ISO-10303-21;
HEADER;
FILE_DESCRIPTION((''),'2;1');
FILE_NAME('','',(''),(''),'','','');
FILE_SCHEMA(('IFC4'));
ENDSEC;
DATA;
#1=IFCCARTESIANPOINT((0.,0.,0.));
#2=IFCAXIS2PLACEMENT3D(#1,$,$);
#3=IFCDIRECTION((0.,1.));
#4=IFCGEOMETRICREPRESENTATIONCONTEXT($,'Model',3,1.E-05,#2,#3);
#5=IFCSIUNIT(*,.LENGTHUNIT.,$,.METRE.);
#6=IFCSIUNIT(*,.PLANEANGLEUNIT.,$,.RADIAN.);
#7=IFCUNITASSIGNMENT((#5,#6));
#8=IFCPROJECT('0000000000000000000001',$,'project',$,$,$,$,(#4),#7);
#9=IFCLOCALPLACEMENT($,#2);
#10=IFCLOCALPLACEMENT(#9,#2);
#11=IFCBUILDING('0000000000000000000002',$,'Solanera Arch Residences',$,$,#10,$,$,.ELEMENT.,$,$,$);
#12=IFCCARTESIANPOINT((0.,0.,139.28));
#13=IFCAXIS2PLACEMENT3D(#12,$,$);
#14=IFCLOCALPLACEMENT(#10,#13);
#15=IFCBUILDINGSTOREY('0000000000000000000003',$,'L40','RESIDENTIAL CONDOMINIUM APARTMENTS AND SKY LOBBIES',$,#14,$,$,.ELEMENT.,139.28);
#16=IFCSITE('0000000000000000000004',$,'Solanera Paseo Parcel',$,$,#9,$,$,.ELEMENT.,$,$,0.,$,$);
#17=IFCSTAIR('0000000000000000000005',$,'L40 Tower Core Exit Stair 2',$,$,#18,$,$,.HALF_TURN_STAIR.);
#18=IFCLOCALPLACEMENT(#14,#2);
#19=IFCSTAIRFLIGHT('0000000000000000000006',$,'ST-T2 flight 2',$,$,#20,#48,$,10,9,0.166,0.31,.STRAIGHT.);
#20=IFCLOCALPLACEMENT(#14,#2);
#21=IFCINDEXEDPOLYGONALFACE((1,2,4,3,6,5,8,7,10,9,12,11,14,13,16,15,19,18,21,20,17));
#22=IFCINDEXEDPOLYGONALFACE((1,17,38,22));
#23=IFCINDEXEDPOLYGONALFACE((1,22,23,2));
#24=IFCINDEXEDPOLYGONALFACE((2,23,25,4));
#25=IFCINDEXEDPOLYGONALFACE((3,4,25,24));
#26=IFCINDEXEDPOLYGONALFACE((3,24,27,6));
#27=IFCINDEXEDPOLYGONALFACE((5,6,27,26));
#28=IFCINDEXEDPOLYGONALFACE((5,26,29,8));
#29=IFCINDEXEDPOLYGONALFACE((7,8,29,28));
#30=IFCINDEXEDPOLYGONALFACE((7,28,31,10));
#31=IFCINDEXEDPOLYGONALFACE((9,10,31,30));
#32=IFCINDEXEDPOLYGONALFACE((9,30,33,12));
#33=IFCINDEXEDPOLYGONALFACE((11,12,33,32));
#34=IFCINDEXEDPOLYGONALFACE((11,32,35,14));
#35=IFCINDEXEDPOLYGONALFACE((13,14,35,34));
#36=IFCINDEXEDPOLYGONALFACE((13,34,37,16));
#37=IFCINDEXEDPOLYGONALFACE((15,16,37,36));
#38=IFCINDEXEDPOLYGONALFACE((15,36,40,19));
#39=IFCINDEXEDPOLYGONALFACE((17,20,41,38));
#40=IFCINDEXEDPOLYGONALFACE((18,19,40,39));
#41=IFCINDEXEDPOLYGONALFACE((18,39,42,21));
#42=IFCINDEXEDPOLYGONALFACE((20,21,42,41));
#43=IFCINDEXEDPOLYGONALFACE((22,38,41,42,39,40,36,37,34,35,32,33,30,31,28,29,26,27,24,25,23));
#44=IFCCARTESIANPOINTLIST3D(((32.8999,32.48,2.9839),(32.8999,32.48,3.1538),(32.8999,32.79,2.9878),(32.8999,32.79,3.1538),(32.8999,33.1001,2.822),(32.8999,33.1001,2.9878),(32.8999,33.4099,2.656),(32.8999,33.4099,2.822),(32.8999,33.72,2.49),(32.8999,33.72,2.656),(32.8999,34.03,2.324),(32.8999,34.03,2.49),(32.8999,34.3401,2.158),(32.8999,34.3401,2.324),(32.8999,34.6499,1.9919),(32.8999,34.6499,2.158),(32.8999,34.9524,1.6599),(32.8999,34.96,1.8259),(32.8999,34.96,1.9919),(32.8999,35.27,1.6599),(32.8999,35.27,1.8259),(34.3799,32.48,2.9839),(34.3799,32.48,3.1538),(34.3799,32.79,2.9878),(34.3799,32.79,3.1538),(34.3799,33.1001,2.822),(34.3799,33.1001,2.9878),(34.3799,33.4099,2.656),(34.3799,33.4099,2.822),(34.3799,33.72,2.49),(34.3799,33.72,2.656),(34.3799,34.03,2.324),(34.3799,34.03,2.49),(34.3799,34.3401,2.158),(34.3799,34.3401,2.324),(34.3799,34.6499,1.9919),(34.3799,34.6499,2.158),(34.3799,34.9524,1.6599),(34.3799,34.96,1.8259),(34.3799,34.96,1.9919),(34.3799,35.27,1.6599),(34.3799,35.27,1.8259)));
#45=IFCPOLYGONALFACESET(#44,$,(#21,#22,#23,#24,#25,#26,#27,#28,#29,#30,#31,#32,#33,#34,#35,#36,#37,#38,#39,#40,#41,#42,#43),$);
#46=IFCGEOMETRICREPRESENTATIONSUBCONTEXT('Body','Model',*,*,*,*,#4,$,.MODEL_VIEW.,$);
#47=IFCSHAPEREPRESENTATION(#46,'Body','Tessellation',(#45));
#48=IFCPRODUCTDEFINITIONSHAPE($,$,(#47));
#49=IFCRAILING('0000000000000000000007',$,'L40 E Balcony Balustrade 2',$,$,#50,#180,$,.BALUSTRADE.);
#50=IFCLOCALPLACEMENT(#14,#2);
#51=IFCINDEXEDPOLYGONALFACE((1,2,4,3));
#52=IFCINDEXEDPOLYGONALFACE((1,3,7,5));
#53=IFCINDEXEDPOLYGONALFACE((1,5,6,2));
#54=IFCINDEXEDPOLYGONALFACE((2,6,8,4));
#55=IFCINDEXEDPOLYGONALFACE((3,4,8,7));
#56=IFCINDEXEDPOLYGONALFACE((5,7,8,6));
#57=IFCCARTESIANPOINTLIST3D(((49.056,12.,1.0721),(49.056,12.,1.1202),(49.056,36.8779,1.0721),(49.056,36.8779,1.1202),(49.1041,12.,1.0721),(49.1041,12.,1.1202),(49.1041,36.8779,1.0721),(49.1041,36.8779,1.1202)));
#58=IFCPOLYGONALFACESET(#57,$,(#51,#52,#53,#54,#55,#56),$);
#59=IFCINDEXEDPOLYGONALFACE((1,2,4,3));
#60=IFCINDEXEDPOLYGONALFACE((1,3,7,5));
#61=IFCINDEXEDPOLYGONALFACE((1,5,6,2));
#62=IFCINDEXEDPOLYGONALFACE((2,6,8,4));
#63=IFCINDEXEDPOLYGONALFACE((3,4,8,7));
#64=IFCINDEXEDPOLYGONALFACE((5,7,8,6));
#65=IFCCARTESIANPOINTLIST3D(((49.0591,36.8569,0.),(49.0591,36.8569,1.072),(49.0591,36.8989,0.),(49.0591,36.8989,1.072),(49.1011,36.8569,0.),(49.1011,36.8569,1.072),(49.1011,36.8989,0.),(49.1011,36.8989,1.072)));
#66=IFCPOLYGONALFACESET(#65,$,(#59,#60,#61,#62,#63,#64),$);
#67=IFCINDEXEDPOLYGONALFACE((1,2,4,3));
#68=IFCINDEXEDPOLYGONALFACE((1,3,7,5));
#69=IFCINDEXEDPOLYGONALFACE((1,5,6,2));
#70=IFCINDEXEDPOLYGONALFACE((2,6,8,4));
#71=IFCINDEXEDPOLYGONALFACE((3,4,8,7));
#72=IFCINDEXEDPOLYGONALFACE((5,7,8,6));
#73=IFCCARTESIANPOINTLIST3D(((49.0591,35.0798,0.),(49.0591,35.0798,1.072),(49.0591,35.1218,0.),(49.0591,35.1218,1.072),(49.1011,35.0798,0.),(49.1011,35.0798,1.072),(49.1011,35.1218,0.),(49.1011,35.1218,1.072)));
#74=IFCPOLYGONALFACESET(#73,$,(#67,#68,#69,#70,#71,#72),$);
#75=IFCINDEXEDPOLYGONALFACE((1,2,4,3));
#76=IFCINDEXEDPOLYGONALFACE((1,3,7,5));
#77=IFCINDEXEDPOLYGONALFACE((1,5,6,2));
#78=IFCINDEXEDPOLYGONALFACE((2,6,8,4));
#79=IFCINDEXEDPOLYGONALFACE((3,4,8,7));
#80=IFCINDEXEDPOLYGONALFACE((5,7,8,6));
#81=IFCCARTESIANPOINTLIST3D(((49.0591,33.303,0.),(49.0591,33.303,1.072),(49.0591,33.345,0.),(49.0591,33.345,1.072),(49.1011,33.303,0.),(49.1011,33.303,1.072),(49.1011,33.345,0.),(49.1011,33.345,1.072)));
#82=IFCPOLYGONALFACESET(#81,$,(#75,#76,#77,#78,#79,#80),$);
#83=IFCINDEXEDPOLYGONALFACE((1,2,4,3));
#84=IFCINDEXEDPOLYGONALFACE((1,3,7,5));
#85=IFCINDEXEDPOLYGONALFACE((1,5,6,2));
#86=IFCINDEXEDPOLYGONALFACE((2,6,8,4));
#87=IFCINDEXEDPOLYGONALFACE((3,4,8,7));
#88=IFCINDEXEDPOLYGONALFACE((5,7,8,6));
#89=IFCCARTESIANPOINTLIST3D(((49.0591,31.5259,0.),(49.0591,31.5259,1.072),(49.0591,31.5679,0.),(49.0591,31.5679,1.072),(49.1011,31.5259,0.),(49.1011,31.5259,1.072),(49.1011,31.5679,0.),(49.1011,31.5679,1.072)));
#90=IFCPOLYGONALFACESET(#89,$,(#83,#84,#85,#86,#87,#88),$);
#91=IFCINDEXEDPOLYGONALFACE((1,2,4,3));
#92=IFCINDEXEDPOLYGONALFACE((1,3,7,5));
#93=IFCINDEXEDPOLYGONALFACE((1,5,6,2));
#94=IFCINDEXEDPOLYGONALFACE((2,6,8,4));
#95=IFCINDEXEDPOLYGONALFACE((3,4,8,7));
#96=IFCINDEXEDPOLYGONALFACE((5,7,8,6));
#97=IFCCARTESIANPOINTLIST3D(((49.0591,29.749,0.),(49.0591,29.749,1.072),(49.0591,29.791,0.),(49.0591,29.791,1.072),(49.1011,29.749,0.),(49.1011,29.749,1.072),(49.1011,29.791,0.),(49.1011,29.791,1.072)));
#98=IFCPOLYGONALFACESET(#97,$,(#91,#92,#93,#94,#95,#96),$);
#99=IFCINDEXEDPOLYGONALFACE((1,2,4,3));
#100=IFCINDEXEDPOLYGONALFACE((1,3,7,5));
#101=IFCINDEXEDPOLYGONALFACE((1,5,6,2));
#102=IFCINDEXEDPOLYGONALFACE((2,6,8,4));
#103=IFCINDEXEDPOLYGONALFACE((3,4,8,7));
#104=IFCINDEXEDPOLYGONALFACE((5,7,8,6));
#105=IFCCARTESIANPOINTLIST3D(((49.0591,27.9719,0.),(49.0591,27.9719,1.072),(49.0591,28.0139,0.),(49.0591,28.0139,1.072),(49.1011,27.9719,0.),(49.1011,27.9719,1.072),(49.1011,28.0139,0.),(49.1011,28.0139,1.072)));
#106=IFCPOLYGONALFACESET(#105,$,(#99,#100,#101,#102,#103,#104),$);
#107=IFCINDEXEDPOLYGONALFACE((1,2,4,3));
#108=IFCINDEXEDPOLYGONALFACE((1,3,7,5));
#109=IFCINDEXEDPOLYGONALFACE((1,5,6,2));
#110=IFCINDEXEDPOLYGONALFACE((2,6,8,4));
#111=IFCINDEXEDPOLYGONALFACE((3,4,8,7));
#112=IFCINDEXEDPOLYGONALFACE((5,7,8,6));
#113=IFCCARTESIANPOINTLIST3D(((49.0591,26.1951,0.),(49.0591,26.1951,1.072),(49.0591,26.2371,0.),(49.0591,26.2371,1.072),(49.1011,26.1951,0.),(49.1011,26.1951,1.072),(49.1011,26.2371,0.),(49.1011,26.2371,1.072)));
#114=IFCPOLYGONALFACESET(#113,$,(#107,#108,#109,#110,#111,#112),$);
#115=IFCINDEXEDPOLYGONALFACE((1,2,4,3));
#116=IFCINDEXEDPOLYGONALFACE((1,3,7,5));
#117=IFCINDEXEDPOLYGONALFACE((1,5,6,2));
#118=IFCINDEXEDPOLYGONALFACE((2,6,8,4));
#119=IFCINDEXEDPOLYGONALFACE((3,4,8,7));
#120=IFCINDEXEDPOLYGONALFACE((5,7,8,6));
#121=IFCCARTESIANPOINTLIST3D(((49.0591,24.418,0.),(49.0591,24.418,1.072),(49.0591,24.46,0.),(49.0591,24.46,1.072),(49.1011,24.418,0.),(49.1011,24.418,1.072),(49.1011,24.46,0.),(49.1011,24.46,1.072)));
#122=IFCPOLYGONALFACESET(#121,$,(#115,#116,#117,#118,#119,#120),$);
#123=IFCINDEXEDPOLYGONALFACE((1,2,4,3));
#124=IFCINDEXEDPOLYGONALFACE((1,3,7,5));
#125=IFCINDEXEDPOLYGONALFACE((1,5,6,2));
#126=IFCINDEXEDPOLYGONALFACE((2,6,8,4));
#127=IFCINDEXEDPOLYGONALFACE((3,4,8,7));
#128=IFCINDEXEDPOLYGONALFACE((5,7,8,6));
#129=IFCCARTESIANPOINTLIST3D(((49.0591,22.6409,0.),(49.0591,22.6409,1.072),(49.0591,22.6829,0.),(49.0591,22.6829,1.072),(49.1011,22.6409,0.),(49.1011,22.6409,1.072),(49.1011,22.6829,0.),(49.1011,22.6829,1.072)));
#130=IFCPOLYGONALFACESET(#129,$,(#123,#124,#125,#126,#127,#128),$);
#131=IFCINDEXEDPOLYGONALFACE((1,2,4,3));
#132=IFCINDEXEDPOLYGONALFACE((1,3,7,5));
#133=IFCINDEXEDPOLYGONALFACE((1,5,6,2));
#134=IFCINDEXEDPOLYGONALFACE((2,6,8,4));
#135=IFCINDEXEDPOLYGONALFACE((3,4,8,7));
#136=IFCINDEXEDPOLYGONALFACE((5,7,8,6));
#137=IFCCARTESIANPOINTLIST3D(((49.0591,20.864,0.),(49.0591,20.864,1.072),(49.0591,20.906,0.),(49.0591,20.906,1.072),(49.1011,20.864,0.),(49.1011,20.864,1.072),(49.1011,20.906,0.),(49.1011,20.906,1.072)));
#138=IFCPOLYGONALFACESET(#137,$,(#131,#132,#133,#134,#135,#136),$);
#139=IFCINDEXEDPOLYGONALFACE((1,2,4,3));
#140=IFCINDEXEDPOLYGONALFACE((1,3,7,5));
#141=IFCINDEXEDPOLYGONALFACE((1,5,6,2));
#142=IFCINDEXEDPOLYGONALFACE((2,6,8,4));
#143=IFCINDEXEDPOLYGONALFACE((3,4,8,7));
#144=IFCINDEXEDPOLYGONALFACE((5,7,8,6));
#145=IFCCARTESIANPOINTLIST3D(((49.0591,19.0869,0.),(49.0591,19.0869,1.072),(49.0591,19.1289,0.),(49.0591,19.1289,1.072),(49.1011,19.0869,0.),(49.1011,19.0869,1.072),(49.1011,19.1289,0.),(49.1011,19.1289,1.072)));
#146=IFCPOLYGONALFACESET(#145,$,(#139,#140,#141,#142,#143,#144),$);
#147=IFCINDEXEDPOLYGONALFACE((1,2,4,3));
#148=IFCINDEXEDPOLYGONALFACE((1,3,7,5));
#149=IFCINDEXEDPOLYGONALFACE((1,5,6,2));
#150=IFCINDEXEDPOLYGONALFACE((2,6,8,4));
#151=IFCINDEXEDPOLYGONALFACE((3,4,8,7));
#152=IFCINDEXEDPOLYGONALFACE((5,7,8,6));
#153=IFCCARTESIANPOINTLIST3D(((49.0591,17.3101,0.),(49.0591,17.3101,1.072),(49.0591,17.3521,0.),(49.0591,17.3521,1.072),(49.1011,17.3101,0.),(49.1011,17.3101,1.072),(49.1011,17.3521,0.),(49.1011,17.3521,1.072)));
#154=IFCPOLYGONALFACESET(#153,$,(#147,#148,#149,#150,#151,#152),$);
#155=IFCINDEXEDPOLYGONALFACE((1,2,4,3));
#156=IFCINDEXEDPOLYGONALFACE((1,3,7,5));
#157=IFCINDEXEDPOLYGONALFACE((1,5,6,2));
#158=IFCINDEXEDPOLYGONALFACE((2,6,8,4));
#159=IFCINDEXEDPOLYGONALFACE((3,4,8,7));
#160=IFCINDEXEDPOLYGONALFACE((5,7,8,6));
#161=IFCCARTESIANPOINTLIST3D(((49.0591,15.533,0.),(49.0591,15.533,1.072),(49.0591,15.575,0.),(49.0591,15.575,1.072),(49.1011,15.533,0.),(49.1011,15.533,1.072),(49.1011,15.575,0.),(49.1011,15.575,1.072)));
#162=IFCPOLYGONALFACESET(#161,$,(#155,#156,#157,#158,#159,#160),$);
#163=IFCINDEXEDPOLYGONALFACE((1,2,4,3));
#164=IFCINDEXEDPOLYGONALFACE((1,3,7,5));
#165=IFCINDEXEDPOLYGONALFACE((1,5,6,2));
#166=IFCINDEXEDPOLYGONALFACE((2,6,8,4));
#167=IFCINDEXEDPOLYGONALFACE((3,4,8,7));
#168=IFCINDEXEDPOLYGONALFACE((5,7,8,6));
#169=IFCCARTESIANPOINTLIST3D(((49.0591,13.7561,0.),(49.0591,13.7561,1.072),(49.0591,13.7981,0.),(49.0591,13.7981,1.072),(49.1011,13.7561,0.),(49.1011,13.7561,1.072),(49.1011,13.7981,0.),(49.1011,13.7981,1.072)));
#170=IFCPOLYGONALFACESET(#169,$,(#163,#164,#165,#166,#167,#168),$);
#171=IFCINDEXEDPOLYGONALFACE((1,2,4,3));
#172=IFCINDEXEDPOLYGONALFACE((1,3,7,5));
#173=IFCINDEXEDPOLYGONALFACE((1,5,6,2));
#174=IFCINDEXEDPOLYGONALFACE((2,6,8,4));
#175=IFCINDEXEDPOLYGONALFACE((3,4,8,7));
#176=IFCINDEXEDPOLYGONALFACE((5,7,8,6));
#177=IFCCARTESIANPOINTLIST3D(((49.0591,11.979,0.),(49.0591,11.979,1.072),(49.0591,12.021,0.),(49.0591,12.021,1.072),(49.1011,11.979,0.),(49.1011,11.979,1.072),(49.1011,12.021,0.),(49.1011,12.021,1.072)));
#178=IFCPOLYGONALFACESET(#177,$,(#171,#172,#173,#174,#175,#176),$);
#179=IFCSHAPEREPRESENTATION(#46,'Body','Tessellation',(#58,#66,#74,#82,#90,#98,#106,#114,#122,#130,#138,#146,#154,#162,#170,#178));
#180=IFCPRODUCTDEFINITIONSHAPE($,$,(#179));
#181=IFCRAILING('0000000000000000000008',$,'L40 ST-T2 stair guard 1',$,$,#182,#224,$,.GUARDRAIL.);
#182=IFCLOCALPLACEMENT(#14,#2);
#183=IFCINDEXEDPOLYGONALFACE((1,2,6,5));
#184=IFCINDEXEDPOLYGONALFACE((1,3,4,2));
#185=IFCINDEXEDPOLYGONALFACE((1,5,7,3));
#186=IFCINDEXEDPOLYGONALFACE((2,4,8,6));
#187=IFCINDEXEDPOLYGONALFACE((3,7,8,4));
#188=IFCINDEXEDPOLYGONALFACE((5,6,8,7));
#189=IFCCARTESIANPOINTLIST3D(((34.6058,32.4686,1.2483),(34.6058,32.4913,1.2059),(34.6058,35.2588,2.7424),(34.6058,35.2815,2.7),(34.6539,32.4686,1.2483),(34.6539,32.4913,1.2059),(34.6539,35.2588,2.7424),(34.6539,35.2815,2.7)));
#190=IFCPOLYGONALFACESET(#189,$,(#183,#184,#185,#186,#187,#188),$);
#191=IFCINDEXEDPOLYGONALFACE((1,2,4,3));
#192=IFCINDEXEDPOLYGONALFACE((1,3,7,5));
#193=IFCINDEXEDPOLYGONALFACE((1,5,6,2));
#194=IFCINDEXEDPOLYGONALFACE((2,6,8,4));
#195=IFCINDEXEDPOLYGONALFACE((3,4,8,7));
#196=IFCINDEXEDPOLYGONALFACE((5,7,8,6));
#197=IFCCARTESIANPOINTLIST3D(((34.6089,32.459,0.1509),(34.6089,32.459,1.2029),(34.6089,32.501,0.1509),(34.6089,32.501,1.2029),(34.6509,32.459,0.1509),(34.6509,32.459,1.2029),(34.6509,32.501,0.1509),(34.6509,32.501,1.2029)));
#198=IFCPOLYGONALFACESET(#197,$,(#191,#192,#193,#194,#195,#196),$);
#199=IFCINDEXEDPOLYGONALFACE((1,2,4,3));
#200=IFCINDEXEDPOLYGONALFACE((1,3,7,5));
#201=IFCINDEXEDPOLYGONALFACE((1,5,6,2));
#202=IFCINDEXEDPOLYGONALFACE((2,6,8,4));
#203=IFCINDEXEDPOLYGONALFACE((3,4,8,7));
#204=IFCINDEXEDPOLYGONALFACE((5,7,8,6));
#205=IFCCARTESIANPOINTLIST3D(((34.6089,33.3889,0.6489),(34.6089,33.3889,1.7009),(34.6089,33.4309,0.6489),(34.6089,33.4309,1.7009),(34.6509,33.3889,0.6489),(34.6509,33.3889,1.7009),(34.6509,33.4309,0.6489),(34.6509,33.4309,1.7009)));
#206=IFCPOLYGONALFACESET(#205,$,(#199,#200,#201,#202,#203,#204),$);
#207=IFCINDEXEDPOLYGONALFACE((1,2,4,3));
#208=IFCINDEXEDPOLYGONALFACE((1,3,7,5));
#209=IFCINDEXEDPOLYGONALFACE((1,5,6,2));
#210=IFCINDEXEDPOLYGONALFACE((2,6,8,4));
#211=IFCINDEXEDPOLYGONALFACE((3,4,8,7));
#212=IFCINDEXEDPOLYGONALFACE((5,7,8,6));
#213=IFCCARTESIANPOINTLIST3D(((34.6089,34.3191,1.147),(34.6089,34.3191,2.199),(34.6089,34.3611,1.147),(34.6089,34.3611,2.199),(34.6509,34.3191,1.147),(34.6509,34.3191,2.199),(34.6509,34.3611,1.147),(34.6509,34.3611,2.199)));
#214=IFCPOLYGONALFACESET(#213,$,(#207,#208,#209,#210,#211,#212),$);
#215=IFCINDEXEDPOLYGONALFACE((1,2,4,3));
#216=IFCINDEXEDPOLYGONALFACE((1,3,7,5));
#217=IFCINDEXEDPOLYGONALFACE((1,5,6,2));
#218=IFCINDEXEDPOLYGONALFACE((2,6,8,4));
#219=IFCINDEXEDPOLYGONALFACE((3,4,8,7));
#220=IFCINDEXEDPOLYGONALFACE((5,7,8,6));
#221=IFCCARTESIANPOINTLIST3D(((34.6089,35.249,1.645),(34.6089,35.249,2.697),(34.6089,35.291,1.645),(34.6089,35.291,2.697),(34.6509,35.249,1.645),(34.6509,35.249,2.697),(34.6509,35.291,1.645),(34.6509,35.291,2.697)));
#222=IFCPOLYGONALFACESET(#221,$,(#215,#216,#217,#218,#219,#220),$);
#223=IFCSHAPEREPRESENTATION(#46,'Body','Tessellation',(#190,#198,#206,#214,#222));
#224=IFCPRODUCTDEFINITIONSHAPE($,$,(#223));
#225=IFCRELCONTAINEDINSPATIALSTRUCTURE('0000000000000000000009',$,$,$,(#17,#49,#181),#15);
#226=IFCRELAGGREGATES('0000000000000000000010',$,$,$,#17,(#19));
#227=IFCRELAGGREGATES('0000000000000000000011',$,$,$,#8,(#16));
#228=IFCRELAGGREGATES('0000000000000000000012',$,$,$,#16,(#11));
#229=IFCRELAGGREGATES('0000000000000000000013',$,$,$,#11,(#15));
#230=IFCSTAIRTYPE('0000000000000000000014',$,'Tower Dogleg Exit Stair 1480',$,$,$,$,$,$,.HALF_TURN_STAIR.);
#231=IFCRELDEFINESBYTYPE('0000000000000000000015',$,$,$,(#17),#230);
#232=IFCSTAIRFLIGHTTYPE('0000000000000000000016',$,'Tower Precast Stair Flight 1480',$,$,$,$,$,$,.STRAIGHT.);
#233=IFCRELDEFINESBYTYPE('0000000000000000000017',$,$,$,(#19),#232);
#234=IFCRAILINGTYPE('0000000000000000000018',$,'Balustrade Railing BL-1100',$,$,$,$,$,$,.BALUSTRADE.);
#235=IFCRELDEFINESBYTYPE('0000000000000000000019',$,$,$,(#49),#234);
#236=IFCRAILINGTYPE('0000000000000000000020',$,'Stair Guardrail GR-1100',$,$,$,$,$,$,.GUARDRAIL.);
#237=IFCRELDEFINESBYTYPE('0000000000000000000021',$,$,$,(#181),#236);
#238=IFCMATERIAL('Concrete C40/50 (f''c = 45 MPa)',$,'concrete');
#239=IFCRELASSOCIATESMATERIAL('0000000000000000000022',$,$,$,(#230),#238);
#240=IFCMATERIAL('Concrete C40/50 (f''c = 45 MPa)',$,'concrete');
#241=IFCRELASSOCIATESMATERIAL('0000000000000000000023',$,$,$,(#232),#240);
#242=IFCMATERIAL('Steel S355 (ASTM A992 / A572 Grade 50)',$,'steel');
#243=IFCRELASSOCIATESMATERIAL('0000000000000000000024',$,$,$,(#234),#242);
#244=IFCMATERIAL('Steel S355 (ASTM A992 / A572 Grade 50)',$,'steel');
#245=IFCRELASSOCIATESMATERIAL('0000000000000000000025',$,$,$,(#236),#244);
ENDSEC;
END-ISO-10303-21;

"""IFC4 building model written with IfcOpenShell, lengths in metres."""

from ifc_helpers import new_model, si_unit, direction, frame, origin, origin_2d, place, context, subcontext, project, spatial, polyline, rectangle, outline, extrude, material, type_object, element, aggregate, save


model = new_model("IFC4")

# Units and contexts
model_context = context("Model", 3, precision=1e-05, world=origin(), true_north=direction((0.0, 1.0)))
body_context = subcontext(model_context, "Body", "Model", "MODEL_VIEW")
ifc_project = project(units=[si_unit("LENGTHUNIT", "METRE"), si_unit("PLANEANGLEUNIT", "RADIAN")], contexts=[model_context])

# Site, building, storey
site_placement = place(None, origin())
site = spatial("IfcSite", under=ifc_project, at=site_placement, Name="Solanera Paseo Parcel", CompositionType="ELEMENT", RefElevation=0.0)
building_placement = place(site_placement, origin())
building = spatial("IfcBuilding", under=site, at=building_placement, Name="Solanera Arch Residences", CompositionType="ELEMENT")
storey_placement = place(building_placement, frame((0.0, 0.0, 139.28)))
storey = spatial("IfcBuildingStorey", under=building, at=storey_placement, Name="L40", Description="RESIDENTIAL CONDOMINIUM APARTMENTS AND SKY LOBBIES", CompositionType="ELEMENT", Elevation=139.28)

# Stair, stair flight
ifc_material_1 = material(Name="Concrete C40/50 (f'c = 45 MPa)", Category="concrete")
stair_type = type_object("IfcStairType", Name="Tower Dogleg Exit Stair 1480", PredefinedType="HALF_TURN_STAIR", material=ifc_material_1)
stair_placement = place(storey_placement, origin())
stair = element("IfcStair", 1, at=stair_placement, inside=storey, type_object=stair_type, Name="L40 Tower Core Exit Stair 2", PredefinedType="HALF_TURN_STAIR")
ifc_material_2 = material(Name="Concrete C40/50 (f'c = 45 MPa)", Category="concrete")
stair_flight_type = type_object("IfcStairFlightType", Name="Tower Precast Stair Flight 1480", PredefinedType="STRAIGHT", material=ifc_material_2)
stair_flight_1_placement = place(storey_placement, frame((33.6399, 35.27, 1.6599), z_axis=(0.0, 0.0, 1.0), x_axis=(0.0, -1.0, 0.0)))
stair_flight_1 = element("IfcStairFlight", 2, at=stair_flight_1_placement, type_object=stair_flight_type, Name="ST-T2 flight 2", NumberOfRisers=10, NumberOfTreads=9, PredefinedType="STRAIGHT", RiserHeight=0.166, TreadLength=0.31, context=body_context, shape_type="SweptSolid", body=[
    extrude(outline(polyline([(0.0, 0.0), (0.0, 0.166), (0.3101, 0.166), (0.3101, 0.332), (0.6201, 0.332), (0.6201, 0.498), (0.9299, 0.498), (0.9299, 0.6641), (1.24, 0.6641), (1.24, 0.8301), (1.55, 0.8301), (1.55, 0.9961), (1.8601, 0.9961), (1.8601, 1.1621), (2.1699, 1.1621), (2.1699, 1.3279), (2.48, 1.3279), (2.48, 1.4939), (2.79, 1.4939), (2.79, 1.6599), (2.79, 1.324), (0.3176, 0.0), (0.0, 0.0)])), frame((0.0, 0.74, 0.0), z_axis=(0.0, -1.0, 0.0), x_axis=(1.0, 0.0, 0.0)), (0.0, 0.0, 1.0), 1.48),
])
aggregate(stair, [stair_flight_1])

# Railings
ifc_material_3 = material(Name="Steel S355 (ASTM A992 / A572 Grade 50)", Category="steel")
railing_type_1 = type_object("IfcRailingType", Name="Balustrade Railing BL-1100", PredefinedType="BALUSTRADE", material=ifc_material_3)
railing_1_placement = place(storey_placement, frame((49.0801, 36.8779, 0.0)))
element("IfcRailing", 3, at=railing_1_placement, inside=storey, type_object=railing_type_1, Name="L40 E Balcony Balustrade 2", PredefinedType="BALUSTRADE", context=body_context, shape_type="SweptSolid", body=[
    extrude(rectangle(XDim=0.0481, YDim=0.0481, at=origin_2d()), frame((0.0, 0.0, 1.0962), z_axis=(0.0, -1.0, 0.0), x_axis=(1.0, 0.0, 0.0)), (0.0, 0.0, 1.0), 24.8779),
    extrude(rectangle(XDim=0.042, YDim=0.042, at=origin_2d()), origin(), (0.0, 0.0, 1.0), 1.072),
    extrude(rectangle(XDim=0.042, YDim=0.042, at=origin_2d()), frame((0.0, -1.7771, 0.0)), (0.0, 0.0, 1.0), 1.072),
    extrude(rectangle(XDim=0.042, YDim=0.042, at=origin_2d()), frame((0.0, -3.554, 0.0)), (0.0, 0.0, 1.0), 1.072),
    extrude(rectangle(XDim=0.042, YDim=0.042, at=origin_2d()), frame((0.0, -5.3311, 0.0)), (0.0, 0.0, 1.0), 1.072),
    extrude(rectangle(XDim=0.042, YDim=0.042, at=origin_2d()), frame((0.0, -7.1079, 0.0)), (0.0, 0.0, 1.0), 1.072),
    extrude(rectangle(XDim=0.042, YDim=0.042, at=origin_2d()), frame((0.0, -8.885, 0.0)), (0.0, 0.0, 1.0), 1.072),
    extrude(rectangle(XDim=0.042, YDim=0.042, at=origin_2d()), frame((0.0, -10.6619, 0.0)), (0.0, 0.0, 1.0), 1.072),
    extrude(rectangle(XDim=0.042, YDim=0.042, at=origin_2d()), frame((0.0, -12.439, 0.0)), (0.0, 0.0, 1.0), 1.072),
    extrude(rectangle(XDim=0.042, YDim=0.042, at=origin_2d()), frame((0.0, -14.2161, 0.0)), (0.0, 0.0, 1.0), 1.072),
    extrude(rectangle(XDim=0.042, YDim=0.042, at=origin_2d()), frame((0.0, -15.9929, 0.0)), (0.0, 0.0, 1.0), 1.072),
    extrude(rectangle(XDim=0.042, YDim=0.042, at=origin_2d()), frame((0.0, -17.77, 0.0)), (0.0, 0.0, 1.0), 1.072),
    extrude(rectangle(XDim=0.042, YDim=0.042, at=origin_2d()), frame((0.0, -19.5469, 0.0)), (0.0, 0.0, 1.0), 1.072),
    extrude(rectangle(XDim=0.042, YDim=0.042, at=origin_2d()), frame((0.0, -21.324, 0.0)), (0.0, 0.0, 1.0), 1.072),
    extrude(rectangle(XDim=0.042, YDim=0.042, at=origin_2d()), frame((0.0, -23.1008, 0.0)), (0.0, 0.0, 1.0), 1.072),
    extrude(rectangle(XDim=0.042, YDim=0.042, at=origin_2d()), frame((0.0, -24.8779, 0.0)), (0.0, 0.0, 1.0), 1.072),
])
ifc_material_4 = material(Name="Steel S355 (ASTM A992 / A572 Grade 50)", Category="steel")
railing_type_2 = type_object("IfcRailingType", Name="Stair Guardrail GR-1100", PredefinedType="GUARDRAIL", material=ifc_material_4)
railing_2_placement = place(storey_placement, frame((34.6299, 32.48, 0.1509)))
element("IfcRailing", 4, at=railing_2_placement, inside=storey, type_object=railing_type_2, Name="L40 ST-T2 stair guard 1", PredefinedType="GUARDRAIL", context=body_context, shape_type="SweptSolid", body=[
    extrude(rectangle(XDim=0.0481, YDim=0.0481, at=origin_2d()), frame((0.0, 0.0, 1.0762), z_axis=(0.0, 0.881549, 0.472093), x_axis=(-1.0, 0.0, 0.0)), (0.0, 0.0, 1.0), 3.165),
    extrude(rectangle(XDim=0.042, YDim=0.042, at=origin_2d()), origin(), (0.0, 0.0, 1.0), 1.052),
    extrude(rectangle(XDim=0.042, YDim=0.042, at=origin_2d()), frame((0.0, 0.9299, 0.498)), (0.0, 0.0, 1.0), 1.052),
    extrude(rectangle(XDim=0.042, YDim=0.042, at=origin_2d()), frame((0.0, 1.8601, 0.9961)), (0.0, 0.0, 1.0), 1.052),
    extrude(rectangle(XDim=0.042, YDim=0.042, at=origin_2d()), frame((0.0, 2.79, 1.4941)), (0.0, 0.0, 1.0), 1.052),
])

save(model, "model.ifc")
